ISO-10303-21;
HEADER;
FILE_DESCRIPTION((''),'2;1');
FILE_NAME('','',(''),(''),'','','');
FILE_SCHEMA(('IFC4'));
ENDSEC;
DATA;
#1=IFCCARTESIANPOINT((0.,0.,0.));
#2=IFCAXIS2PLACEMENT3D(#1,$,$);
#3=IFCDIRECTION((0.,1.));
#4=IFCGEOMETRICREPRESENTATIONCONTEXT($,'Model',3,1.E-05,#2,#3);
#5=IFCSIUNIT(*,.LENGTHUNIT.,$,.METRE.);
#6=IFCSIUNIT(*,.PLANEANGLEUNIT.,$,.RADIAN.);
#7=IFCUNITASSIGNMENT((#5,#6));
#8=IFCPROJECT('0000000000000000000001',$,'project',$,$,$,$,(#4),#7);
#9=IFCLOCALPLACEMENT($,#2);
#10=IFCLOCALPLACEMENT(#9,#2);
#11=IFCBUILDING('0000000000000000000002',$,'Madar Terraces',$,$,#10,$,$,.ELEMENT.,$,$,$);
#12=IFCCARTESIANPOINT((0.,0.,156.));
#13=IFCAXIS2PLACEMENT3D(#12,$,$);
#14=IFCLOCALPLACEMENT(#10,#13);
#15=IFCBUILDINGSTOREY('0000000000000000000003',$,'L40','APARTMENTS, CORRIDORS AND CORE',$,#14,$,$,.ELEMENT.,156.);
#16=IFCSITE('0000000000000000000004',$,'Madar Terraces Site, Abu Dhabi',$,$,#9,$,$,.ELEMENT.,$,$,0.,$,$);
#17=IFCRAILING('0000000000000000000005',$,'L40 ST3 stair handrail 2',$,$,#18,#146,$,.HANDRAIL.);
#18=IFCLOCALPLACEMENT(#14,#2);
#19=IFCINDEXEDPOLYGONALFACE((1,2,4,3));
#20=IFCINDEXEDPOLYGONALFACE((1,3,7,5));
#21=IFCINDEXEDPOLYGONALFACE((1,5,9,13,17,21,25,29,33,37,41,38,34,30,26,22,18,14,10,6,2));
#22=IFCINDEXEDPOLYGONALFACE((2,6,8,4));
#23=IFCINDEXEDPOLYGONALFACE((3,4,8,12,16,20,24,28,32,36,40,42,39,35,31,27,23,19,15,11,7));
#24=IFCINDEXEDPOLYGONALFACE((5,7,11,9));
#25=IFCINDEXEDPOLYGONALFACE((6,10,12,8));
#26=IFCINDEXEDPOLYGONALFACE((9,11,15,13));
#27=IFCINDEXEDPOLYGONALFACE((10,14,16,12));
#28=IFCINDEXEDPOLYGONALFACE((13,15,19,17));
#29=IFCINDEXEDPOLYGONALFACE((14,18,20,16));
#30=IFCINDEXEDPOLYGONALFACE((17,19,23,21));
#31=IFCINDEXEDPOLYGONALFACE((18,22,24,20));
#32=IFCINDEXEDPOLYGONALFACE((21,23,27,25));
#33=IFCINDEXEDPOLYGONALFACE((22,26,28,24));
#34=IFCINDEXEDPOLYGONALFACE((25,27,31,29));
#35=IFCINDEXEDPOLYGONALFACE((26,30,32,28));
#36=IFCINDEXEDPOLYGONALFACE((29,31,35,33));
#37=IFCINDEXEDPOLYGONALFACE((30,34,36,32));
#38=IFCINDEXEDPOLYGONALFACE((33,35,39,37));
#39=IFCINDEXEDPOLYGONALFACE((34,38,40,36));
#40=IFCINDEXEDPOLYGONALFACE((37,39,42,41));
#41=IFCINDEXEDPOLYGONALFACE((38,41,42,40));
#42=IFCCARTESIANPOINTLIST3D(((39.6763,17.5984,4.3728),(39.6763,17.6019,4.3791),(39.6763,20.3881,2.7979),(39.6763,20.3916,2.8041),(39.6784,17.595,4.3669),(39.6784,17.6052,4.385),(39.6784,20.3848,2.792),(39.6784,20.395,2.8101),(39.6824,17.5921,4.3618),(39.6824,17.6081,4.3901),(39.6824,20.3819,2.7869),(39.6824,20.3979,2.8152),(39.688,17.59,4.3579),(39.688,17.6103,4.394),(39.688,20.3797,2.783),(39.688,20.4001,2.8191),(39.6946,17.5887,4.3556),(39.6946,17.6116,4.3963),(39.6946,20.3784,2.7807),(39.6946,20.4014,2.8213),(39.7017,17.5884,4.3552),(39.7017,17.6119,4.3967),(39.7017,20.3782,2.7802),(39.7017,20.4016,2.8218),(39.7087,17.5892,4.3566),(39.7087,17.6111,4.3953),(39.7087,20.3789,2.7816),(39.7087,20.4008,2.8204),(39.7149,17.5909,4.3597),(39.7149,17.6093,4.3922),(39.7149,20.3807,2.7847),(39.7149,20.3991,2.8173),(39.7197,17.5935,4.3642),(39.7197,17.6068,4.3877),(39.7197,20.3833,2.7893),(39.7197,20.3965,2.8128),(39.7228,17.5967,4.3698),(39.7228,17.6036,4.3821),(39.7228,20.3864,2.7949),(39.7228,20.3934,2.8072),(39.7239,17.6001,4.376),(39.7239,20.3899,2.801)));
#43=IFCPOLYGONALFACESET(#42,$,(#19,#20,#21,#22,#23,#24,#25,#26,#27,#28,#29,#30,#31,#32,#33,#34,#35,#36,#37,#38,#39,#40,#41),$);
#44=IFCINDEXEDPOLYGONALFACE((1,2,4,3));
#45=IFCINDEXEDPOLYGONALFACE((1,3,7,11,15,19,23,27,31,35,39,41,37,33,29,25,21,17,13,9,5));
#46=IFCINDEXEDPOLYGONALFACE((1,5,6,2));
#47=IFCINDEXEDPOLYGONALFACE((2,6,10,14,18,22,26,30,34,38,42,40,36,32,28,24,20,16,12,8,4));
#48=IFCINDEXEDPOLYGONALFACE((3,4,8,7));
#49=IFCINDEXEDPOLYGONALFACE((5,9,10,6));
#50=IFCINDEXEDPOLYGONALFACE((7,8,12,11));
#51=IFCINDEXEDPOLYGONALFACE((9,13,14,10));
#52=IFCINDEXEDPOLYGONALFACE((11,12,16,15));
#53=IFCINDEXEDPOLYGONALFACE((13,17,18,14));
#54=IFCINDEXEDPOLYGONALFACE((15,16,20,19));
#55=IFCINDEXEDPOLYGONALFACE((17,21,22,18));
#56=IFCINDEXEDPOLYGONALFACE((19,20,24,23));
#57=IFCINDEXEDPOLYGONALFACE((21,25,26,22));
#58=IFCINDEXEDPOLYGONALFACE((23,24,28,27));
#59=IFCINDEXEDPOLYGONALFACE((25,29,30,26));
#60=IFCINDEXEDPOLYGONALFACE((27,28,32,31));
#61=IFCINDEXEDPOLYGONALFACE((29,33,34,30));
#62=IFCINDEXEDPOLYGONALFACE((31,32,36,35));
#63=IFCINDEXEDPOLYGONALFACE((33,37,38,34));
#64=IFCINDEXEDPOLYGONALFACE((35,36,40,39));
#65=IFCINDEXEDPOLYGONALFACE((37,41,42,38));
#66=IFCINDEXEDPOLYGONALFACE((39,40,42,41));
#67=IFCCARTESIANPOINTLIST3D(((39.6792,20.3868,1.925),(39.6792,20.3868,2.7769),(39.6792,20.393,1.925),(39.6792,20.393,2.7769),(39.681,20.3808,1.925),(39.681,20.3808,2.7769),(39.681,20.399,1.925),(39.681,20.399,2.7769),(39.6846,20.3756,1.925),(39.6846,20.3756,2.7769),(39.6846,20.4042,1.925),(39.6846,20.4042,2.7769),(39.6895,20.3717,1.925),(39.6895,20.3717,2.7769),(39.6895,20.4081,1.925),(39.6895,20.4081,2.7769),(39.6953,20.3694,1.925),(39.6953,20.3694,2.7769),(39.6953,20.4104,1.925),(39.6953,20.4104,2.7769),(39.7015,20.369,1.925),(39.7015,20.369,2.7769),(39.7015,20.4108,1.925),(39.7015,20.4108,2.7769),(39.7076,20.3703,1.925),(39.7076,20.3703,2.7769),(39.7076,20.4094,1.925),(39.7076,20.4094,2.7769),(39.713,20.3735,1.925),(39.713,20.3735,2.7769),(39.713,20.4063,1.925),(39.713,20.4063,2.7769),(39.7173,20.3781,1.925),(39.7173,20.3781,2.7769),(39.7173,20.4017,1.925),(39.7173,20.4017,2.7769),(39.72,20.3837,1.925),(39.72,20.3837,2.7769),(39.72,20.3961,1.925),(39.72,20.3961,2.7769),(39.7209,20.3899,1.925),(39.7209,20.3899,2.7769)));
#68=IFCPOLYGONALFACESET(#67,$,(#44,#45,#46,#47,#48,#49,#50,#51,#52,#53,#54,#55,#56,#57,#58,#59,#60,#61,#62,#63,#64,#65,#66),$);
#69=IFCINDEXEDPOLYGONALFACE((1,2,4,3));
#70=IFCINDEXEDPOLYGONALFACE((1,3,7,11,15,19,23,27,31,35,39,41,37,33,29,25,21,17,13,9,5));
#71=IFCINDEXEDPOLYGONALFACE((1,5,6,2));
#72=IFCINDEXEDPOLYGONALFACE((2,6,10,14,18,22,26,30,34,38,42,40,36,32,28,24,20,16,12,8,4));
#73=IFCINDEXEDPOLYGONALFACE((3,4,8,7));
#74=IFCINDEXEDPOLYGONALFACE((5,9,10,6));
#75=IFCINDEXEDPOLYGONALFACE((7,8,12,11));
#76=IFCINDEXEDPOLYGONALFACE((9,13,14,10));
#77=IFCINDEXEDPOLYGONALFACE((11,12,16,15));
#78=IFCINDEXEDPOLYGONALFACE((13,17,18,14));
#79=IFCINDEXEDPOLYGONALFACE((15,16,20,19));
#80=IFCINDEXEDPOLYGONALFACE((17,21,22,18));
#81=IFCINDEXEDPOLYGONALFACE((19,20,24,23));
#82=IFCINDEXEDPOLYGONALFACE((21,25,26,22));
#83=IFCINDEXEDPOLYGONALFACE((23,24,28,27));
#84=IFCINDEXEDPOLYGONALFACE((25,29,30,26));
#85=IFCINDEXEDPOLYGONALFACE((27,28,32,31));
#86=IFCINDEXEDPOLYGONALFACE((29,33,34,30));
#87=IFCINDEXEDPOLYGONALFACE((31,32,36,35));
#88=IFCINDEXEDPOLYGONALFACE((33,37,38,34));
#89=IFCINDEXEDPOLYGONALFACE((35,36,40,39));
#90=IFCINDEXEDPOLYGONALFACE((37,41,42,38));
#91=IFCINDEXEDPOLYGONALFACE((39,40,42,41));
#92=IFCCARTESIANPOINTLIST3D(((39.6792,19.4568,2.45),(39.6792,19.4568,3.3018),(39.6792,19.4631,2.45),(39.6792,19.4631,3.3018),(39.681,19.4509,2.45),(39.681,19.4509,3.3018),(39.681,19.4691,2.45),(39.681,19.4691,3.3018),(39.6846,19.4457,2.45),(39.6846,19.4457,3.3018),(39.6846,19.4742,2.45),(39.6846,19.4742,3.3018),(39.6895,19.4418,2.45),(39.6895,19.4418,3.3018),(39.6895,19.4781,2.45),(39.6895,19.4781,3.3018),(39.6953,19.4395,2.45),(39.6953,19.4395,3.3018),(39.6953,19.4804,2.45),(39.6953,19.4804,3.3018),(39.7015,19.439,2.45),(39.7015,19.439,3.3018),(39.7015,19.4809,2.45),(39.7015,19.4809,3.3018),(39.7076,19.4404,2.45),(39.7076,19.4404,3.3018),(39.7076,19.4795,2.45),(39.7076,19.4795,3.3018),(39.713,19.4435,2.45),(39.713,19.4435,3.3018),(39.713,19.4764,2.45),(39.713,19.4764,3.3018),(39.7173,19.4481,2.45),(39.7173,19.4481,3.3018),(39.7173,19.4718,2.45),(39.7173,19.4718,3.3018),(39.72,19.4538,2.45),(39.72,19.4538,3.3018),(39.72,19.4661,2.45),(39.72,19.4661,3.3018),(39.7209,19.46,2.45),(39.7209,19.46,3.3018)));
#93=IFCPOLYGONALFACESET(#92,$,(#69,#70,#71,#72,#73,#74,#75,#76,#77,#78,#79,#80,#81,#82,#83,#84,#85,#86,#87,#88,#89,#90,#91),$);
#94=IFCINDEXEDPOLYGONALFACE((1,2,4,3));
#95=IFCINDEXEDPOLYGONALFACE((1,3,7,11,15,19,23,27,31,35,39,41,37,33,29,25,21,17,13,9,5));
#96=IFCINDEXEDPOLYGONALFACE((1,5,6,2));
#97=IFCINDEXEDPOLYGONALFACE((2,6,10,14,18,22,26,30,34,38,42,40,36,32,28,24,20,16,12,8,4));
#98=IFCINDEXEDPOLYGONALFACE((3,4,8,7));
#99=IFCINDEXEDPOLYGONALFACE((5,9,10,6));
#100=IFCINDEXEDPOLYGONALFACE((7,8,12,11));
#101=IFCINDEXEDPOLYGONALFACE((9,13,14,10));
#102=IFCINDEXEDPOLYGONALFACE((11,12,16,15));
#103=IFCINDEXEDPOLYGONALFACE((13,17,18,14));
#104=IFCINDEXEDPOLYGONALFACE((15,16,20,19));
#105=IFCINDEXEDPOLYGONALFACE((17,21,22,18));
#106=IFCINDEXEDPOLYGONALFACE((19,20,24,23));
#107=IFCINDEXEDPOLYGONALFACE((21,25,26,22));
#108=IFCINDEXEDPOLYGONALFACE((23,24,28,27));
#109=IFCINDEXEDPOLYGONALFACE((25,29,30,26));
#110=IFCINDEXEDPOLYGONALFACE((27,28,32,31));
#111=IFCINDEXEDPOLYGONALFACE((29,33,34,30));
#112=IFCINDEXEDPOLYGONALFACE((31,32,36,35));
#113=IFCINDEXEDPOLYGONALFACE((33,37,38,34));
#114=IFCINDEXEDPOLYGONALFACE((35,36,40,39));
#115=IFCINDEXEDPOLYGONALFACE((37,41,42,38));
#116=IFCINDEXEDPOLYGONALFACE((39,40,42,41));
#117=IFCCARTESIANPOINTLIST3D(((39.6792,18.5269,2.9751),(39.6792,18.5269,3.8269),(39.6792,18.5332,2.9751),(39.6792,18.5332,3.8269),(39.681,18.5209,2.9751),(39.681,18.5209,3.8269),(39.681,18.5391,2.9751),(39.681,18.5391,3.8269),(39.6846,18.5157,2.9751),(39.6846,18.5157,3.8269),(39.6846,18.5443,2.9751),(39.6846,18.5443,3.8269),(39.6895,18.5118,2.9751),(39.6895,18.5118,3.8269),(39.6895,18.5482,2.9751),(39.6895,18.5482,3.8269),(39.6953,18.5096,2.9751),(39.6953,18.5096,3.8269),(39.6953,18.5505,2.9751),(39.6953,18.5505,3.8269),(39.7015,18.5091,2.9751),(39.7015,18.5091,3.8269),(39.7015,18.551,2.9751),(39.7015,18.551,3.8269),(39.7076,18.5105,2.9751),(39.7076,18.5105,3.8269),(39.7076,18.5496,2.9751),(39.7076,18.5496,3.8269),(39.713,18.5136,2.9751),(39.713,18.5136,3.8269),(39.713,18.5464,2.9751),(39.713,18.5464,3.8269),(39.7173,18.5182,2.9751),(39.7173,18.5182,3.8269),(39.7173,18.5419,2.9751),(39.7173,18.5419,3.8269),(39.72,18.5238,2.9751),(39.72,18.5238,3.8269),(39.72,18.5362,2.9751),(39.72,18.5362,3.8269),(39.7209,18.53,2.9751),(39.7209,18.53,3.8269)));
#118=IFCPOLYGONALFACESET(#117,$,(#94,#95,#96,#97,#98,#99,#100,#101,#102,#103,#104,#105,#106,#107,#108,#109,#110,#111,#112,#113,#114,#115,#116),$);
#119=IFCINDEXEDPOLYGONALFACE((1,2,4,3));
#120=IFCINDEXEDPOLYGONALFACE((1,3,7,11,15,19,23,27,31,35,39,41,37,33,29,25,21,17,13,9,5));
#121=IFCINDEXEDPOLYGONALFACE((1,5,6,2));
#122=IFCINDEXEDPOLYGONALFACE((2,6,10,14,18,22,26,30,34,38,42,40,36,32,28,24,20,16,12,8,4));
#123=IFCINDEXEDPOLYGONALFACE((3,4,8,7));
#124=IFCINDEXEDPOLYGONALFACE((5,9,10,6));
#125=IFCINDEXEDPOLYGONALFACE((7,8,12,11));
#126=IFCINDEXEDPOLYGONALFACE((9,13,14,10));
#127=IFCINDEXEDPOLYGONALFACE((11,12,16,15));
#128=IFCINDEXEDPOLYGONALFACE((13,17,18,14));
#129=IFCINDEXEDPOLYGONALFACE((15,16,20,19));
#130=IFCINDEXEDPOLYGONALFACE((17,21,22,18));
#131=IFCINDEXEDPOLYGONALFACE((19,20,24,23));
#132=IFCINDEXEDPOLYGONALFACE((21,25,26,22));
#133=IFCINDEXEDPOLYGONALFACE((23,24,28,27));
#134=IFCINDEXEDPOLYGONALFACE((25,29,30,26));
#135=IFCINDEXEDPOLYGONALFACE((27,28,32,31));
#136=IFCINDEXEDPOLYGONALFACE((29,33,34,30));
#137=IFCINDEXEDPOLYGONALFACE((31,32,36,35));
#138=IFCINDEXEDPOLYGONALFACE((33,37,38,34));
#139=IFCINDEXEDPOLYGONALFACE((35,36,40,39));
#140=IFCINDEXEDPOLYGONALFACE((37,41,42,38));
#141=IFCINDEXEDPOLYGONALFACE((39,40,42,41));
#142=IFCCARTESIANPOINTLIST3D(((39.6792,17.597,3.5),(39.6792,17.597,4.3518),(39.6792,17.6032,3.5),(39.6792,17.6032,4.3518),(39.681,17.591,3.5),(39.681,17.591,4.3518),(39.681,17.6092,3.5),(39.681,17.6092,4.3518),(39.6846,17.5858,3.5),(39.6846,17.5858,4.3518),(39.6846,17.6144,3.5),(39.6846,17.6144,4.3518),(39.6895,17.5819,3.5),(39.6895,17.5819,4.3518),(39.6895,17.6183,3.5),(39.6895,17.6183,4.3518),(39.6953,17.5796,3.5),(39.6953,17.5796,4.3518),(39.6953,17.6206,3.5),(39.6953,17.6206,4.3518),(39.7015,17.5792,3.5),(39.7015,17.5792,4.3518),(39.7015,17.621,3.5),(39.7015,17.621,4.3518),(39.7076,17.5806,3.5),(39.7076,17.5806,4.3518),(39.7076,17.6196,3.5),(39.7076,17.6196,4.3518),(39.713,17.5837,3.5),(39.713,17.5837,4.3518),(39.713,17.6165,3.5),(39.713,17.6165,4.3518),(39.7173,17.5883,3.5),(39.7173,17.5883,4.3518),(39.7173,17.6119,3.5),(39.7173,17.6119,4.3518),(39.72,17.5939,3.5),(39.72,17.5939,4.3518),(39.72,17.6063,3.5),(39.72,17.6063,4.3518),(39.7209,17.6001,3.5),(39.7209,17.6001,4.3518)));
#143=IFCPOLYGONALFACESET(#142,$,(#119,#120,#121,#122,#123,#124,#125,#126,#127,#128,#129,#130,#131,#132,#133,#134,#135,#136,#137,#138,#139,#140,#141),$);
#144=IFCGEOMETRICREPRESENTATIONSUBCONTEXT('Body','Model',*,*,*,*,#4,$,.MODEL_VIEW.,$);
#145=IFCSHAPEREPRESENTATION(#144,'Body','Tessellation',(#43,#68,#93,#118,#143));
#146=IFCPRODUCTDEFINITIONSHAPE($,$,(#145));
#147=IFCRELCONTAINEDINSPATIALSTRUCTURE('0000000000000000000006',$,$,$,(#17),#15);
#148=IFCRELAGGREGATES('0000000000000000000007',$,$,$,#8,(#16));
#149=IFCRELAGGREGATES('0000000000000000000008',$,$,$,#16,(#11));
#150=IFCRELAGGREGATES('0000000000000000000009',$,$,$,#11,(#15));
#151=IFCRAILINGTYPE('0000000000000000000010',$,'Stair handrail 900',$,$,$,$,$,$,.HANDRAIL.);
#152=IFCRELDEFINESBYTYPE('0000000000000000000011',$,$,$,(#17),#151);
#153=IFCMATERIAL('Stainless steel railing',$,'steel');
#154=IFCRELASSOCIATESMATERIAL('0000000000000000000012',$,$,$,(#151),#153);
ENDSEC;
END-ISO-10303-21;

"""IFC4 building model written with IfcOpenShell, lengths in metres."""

from ifc_helpers import new_model, si_unit, direction, frame, origin, origin_2d, place, context, subcontext, project, spatial, circle, extrude, material, type_object, element, save


model = new_model("IFC4")

# Units and contexts
model_context = context("Model", 3, precision=1e-05, world=origin(), true_north=direction((0.0, 1.0)))
body_context = subcontext(model_context, "Body", "Model", "MODEL_VIEW")
ifc_project = project(units=[si_unit("LENGTHUNIT", "METRE"), si_unit("PLANEANGLEUNIT", "RADIAN")], contexts=[model_context])

# Site, building, storey
site_placement = place(None, origin())
site = spatial("IfcSite", under=ifc_project, at=site_placement, Name="Madar Terraces Site, Abu Dhabi", CompositionType="ELEMENT", RefElevation=0.0)
building_placement = place(site_placement, origin())
building = spatial("IfcBuilding", under=site, at=building_placement, Name="Madar Terraces", CompositionType="ELEMENT")
storey_placement = place(building_placement, frame((0.0, 0.0, 156.0)))
storey = spatial("IfcBuildingStorey", under=building, at=storey_placement, Name="L40", Description="APARTMENTS, CORRIDORS AND CORE", CompositionType="ELEMENT", Elevation=156.0)

# Railing
ifc_material_1 = material(Name="Stainless steel railing", Category="steel")
railing_type_1 = type_object("IfcRailingType", Name="Stair handrail 900", PredefinedType="HANDRAIL", material=ifc_material_1)
railing_1_placement = place(storey_placement, frame((39.7, 20.3899, 1.925)))
element("IfcRailing", 1, at=railing_1_placement, inside=storey, type_object=railing_type_1, Name="L40 ST3 stair handrail 2", PredefinedType="HANDRAIL", context=body_context, shape_type="SweptSolid", body=[
    extrude(circle(Radius=0.0239, at=origin_2d()), frame((0.0, 0.0, 0.876), z_axis=(0.0, -0.870815, 0.49161), x_axis=(1.0, 0.0, 0.0)), (0.0, 0.0, 1.0), 3.2036),
    extrude(circle(Radius=0.021, at=origin_2d()), origin(), (0.0, 0.0, 1.0), 0.8518),
    extrude(circle(Radius=0.021, at=origin_2d()), frame((0.0, -0.9299, 0.5249)), (0.0, 0.0, 1.0), 0.8518),
    extrude(circle(Radius=0.021, at=origin_2d()), frame((0.0, -1.8599, 1.05)), (0.0, 0.0, 1.0), 0.8518),
    extrude(circle(Radius=0.021, at=origin_2d()), frame((0.0, -2.7898, 1.575)), (0.0, 0.0, 1.0), 0.8518),
])

save(model, "model.ifc")
